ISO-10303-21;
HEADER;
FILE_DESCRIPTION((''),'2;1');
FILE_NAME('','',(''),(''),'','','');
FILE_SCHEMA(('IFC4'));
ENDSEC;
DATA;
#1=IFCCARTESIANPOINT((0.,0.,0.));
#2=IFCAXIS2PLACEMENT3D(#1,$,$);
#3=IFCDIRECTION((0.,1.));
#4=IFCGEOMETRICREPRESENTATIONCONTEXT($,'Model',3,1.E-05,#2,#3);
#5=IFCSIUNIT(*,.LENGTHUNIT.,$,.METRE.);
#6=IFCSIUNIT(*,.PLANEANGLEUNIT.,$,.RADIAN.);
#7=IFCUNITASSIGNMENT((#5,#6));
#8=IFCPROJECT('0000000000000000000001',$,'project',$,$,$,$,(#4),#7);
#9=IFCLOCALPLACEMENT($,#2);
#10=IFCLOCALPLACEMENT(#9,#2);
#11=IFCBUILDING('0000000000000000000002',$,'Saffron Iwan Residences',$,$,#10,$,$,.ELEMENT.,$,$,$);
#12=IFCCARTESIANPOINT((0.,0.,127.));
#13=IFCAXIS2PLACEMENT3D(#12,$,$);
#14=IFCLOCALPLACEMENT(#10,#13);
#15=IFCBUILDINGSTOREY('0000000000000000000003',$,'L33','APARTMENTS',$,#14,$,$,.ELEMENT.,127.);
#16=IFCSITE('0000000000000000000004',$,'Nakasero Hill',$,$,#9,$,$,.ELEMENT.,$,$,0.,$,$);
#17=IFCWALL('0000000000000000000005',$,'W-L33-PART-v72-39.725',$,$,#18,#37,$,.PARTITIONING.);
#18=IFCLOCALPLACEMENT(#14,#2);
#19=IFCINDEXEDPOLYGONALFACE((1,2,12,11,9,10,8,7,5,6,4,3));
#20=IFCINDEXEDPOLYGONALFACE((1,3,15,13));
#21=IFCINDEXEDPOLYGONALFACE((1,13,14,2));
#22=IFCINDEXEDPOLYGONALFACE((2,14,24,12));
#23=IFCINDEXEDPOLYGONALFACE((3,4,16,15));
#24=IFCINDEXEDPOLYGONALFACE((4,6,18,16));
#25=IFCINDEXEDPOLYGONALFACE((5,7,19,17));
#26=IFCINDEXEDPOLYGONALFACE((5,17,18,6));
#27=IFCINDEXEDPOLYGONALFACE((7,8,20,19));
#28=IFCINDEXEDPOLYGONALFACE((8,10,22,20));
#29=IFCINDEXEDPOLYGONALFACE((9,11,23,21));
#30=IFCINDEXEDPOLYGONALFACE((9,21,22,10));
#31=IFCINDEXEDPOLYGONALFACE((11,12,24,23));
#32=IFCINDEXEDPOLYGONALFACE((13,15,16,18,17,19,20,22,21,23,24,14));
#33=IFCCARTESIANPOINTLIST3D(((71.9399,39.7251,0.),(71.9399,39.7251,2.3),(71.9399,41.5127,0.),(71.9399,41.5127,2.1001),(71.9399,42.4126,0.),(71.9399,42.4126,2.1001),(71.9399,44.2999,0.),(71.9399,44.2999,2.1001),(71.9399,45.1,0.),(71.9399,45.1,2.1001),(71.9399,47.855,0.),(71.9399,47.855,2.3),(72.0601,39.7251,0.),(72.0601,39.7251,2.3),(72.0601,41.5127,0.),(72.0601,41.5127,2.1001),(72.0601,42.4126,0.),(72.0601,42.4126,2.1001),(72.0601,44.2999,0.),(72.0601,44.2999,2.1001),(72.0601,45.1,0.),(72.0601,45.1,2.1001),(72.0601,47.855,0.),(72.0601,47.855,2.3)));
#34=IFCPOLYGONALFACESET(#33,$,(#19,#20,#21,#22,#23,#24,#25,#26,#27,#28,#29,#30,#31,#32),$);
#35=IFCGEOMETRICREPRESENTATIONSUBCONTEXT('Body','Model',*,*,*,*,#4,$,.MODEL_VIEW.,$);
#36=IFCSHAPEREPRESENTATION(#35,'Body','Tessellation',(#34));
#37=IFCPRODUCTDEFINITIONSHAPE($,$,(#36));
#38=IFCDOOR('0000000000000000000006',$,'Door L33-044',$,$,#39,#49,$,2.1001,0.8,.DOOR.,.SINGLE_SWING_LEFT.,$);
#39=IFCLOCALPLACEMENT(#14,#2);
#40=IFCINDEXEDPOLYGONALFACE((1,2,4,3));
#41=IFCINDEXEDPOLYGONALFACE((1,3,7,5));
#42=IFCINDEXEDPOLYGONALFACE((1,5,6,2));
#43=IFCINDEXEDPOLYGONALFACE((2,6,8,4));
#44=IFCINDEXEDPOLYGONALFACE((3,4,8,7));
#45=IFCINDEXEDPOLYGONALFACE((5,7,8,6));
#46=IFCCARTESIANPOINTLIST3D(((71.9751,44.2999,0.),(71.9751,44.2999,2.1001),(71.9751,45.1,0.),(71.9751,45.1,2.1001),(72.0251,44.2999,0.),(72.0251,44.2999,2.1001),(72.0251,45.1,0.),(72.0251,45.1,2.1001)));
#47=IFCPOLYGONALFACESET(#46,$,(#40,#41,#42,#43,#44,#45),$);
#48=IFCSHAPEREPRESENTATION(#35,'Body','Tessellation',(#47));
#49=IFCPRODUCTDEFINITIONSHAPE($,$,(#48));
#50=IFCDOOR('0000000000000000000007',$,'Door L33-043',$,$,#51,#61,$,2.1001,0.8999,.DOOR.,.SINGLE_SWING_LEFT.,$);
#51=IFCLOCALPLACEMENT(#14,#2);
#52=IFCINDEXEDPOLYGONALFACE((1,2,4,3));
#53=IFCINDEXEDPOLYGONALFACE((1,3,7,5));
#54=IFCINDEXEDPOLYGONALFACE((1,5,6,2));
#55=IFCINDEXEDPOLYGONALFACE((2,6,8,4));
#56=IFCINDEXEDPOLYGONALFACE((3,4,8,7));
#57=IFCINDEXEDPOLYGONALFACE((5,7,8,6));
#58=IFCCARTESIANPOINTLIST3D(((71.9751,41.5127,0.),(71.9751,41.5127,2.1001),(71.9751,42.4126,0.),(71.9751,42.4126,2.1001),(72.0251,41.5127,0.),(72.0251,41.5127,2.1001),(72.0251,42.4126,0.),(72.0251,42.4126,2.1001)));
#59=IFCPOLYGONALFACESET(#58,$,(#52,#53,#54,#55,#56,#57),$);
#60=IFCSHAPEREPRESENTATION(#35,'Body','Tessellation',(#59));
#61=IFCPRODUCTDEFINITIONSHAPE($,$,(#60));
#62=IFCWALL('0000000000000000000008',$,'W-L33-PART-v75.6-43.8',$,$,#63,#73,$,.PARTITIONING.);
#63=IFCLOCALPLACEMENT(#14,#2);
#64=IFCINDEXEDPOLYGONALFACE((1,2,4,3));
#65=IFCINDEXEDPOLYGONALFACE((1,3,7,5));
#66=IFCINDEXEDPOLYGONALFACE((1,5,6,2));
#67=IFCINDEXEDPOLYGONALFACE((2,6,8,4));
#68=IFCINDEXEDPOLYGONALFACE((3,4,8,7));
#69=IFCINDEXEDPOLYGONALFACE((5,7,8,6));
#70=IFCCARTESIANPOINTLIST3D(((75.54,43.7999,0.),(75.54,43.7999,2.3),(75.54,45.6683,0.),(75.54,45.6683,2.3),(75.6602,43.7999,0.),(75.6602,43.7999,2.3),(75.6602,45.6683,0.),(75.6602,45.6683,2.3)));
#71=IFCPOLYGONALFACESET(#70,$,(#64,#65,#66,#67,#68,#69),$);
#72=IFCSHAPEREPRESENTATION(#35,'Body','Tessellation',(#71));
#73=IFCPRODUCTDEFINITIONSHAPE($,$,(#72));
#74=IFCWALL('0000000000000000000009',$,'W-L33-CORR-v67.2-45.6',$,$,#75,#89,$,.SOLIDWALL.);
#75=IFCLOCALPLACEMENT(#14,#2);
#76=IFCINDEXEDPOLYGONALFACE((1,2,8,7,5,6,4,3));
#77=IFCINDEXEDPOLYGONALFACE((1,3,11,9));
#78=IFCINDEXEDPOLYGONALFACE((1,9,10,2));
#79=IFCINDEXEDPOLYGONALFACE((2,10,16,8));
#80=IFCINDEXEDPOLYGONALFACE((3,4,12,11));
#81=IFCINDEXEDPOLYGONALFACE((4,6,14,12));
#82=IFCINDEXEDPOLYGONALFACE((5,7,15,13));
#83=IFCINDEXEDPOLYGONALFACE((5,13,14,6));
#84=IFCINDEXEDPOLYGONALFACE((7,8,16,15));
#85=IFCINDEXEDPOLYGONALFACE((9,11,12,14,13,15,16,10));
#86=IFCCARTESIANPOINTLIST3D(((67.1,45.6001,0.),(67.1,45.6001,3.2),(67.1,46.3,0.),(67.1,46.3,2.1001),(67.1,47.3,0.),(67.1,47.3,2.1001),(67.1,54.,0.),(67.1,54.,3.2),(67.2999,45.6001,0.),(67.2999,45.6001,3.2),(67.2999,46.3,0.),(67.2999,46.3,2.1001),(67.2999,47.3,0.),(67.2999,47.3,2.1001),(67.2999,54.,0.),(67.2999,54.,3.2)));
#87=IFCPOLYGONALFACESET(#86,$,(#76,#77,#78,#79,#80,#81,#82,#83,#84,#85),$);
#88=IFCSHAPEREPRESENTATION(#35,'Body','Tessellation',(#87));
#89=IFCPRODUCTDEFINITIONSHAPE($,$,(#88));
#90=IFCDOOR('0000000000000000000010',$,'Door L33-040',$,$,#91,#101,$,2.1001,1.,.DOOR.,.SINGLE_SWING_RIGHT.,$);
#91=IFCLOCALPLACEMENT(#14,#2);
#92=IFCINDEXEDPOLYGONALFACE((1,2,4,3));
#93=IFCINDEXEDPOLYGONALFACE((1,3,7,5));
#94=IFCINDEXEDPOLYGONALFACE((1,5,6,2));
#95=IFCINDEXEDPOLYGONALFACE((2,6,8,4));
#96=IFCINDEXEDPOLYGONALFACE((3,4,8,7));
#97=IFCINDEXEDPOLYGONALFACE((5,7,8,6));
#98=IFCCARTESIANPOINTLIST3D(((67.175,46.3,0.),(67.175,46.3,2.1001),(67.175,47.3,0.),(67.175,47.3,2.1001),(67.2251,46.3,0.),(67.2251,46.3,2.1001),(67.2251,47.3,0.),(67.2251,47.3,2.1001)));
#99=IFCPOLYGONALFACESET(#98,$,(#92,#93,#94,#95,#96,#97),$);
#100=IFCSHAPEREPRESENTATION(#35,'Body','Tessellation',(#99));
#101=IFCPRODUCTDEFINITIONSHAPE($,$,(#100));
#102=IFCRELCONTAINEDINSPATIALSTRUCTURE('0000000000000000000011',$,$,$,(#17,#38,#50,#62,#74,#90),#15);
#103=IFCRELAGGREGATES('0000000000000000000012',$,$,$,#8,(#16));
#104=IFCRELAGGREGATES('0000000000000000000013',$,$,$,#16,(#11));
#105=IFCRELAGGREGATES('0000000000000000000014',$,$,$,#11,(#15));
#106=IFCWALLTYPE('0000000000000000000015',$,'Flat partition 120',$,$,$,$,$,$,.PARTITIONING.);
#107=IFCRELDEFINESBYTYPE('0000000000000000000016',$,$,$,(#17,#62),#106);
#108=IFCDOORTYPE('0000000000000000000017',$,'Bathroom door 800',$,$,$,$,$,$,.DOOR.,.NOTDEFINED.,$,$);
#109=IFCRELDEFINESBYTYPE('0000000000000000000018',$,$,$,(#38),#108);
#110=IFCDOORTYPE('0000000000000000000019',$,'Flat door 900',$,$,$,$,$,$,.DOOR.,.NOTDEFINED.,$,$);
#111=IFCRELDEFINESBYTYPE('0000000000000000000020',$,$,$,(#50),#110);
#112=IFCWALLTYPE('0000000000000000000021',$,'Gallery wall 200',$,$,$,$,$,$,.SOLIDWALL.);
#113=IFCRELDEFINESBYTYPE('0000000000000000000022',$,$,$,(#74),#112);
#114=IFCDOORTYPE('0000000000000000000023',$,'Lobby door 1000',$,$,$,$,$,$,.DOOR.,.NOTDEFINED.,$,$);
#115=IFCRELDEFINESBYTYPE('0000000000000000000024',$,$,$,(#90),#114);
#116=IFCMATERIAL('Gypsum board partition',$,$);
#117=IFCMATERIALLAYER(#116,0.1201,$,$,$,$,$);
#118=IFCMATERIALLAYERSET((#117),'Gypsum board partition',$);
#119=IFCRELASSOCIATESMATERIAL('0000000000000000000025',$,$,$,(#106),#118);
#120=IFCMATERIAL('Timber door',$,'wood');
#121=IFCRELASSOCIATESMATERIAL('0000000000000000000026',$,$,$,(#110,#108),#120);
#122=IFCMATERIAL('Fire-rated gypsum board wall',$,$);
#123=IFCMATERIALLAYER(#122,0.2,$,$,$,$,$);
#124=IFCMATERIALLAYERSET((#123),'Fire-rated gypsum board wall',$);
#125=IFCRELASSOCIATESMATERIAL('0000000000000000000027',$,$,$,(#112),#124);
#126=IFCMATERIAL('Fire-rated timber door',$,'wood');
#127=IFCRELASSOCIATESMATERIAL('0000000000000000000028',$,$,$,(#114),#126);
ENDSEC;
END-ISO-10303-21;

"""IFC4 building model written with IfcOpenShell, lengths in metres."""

from ifc_helpers import new_model, si_unit, direction, frame, frame_2d, origin, place, context, subcontext, project, spatial, rectangle, extrude, material, layer, layer_set, type_object, element, fill, save


model = new_model("IFC4")

# Units and contexts
model_context = context("Model", 3, precision=1e-05, world=origin(), true_north=direction((0.0, 1.0)))
body_context = subcontext(model_context, "Body", "Model", "MODEL_VIEW")
ifc_project = project(units=[si_unit("LENGTHUNIT", "METRE"), si_unit("PLANEANGLEUNIT", "RADIAN")], contexts=[model_context])

# Site, building, storey
site_placement = place(None, origin())
site = spatial("IfcSite", under=ifc_project, at=site_placement, Name="Nakasero Hill", CompositionType="ELEMENT", RefElevation=0.0)
building_placement = place(site_placement, origin())
building = spatial("IfcBuilding", under=site, at=building_placement, Name="Saffron Iwan Residences", CompositionType="ELEMENT")
storey_placement = place(building_placement, frame((0.0, 0.0, 127.0)))
storey = spatial("IfcBuildingStorey", under=building, at=storey_placement, Name="L33", Description="APARTMENTS", CompositionType="ELEMENT", Elevation=127.0)

# Shared definitions
ifc_material_1 = material(Name="Gypsum board partition")
ifc_layer_1 = layer(ifc_material_1, 0.1201)
ifc_layer_set_1 = layer_set([ifc_layer_1], Name="Gypsum board partition")
wall_type_1 = type_object("IfcWallType", Name="Flat partition 120", PredefinedType="PARTITIONING", material=ifc_layer_set_1)
ifc_material_2 = material(Name="Timber door", Category="wood")
door_type_1 = type_object("IfcDoorType", Name="Flat door 900", OperationType="NOTDEFINED", PredefinedType="DOOR", material=ifc_material_2)

# Wall, openings, doors
wall_1_placement = place(storey_placement, frame((72.0, 39.7251, 0.0), z_axis=(0.0, 0.0, 1.0), x_axis=(0.0, 1.0, 0.0)))
wall_1 = element("IfcWall", 1, at=wall_1_placement, inside=storey, type_object=wall_type_1, Name="W-L33-PART-v72-39.725", PredefinedType="PARTITIONING", context=body_context, shape_type="SweptSolid", body=[
    extrude(rectangle(XDim=8.1299, YDim=0.1201, at=frame_2d((4.0649, 0.0))), origin(), (0.0, 0.0, 1.0), 2.3),
])
opening_1_placement = place(wall_1_placement, frame((1.7876, 0.0, 0.0)))
opening_1 = element("IfcOpeningElement", 2, at=opening_1_placement, cuts=wall_1, PredefinedType="OPENING", context=body_context, shape_type="SweptSolid", body=[
    extrude(rectangle(XDim=0.8999, YDim=2.1001, at=frame_2d((0.45, 1.05))), frame((0.0, 0.0701, 0.0), z_axis=(0.0, -1.0, 0.0), x_axis=(1.0, 0.0, 0.0)), (0.0, 0.0, 1.0), 0.1401),
])
opening_2_placement = place(wall_1_placement, frame((4.575, 0.0, 0.0)))
opening_2 = element("IfcOpeningElement", 3, at=opening_2_placement, cuts=wall_1, PredefinedType="OPENING", context=body_context, shape_type="SweptSolid", body=[
    extrude(rectangle(XDim=0.8, YDim=2.1001, at=frame_2d((0.3999, 1.05))), frame((0.0, 0.0701, 0.0), z_axis=(0.0, -1.0, 0.0), x_axis=(1.0, 0.0, 0.0)), (0.0, 0.0, 1.0), 0.1401),
])
door_type_2 = type_object("IfcDoorType", Name="Bathroom door 800", OperationType="NOTDEFINED", PredefinedType="DOOR", material=ifc_material_2)
door_1_placement = place(opening_2_placement, origin())
door_1 = element("IfcDoor", 4, at=door_1_placement, inside=storey, type_object=door_type_2, Name="Door L33-044", OperationType="SINGLE_SWING_LEFT", OverallHeight=2.1001, OverallWidth=0.8, PredefinedType="DOOR", context=body_context, shape_type="SweptSolid", body=[
    extrude(rectangle(XDim=0.8, YDim=2.1001, at=frame_2d((0.3999, 1.05))), frame((0.0, 0.0249, 0.0), z_axis=(0.0, -1.0, 0.0), x_axis=(1.0, 0.0, 0.0)), (0.0, 0.0, 1.0), 0.05),
])
fill(opening_2, door_1)
door_2_placement = place(opening_1_placement, origin())
door_2 = element("IfcDoor", 5, at=door_2_placement, inside=storey, type_object=door_type_1, Name="Door L33-043", OperationType="SINGLE_SWING_LEFT", OverallHeight=2.1001, OverallWidth=0.8999, PredefinedType="DOOR", context=body_context, shape_type="SweptSolid", body=[
    extrude(rectangle(XDim=0.8999, YDim=2.1001, at=frame_2d((0.45, 1.05))), frame((0.0, 0.0249, 0.0), z_axis=(0.0, -1.0, 0.0), x_axis=(1.0, 0.0, 0.0)), (0.0, 0.0, 1.0), 0.05),
])
fill(opening_1, door_2)

# Wall
wall_2_placement = place(storey_placement, frame((75.6001, 43.8, 0.0), z_axis=(0.0, 0.0, 1.0), x_axis=(0.0, 1.0, 0.0)))
element("IfcWall", 6, at=wall_2_placement, inside=storey, type_object=wall_type_1, Name="W-L33-PART-v75.6-43.8", PredefinedType="PARTITIONING", context=body_context, shape_type="SweptSolid", body=[
    extrude(rectangle(XDim=1.8684, YDim=0.1201, at=frame_2d((0.9341, 0.0))), origin(), (0.0, 0.0, 1.0), 2.3),
])

# Wall, opening, door
ifc_material_3 = material(Name="Fire-rated gypsum board wall")
ifc_layer_2 = layer(ifc_material_3, 0.2)
ifc_layer_set_2 = layer_set([ifc_layer_2], Name="Fire-rated gypsum board wall")
wall_type_2 = type_object("IfcWallType", Name="Gallery wall 200", PredefinedType="SOLIDWALL", material=ifc_layer_set_2)
wall_3_placement = place(storey_placement, frame((67.2, 45.6001, 0.0), z_axis=(0.0, 0.0, 1.0), x_axis=(0.0, 1.0, 0.0)))
wall_3 = element("IfcWall", 7, at=wall_3_placement, inside=storey, type_object=wall_type_2, Name="W-L33-CORR-v67.2-45.6", PredefinedType="SOLIDWALL", context=body_context, shape_type="SweptSolid", body=[
    extrude(rectangle(XDim=8.3999, YDim=0.2, at=frame_2d((4.2, 0.0))), origin(), (0.0, 0.0, 1.0), 3.2),
])
opening_3_placement = place(wall_3_placement, frame((0.7, 0.0, 0.0)))
opening_3 = element("IfcOpeningElement", 8, at=opening_3_placement, cuts=wall_3, PredefinedType="OPENING", context=body_context, shape_type="SweptSolid", body=[
    extrude(rectangle(XDim=1.0, YDim=2.1001, at=frame_2d((0.5, 1.05))), frame((0.0, 0.1099, 0.0), z_axis=(0.0, -1.0, 0.0), x_axis=(1.0, 0.0, 0.0)), (0.0, 0.0, 1.0), 0.22),
])
ifc_material_4 = material(Name="Fire-rated timber door", Category="wood")
door_type_3 = type_object("IfcDoorType", Name="Lobby door 1000", OperationType="NOTDEFINED", PredefinedType="DOOR", material=ifc_material_4)
door_3_placement = place(opening_3_placement, origin())
door_3 = element("IfcDoor", 9, at=door_3_placement, inside=storey, type_object=door_type_3, Name="Door L33-040", OperationType="SINGLE_SWING_RIGHT", OverallHeight=2.1001, OverallWidth=1.0, PredefinedType="DOOR", context=body_context, shape_type="SweptSolid", body=[
    extrude(rectangle(XDim=1.0, YDim=2.1001, at=frame_2d((0.5, 1.05))), frame((0.0, 0.0249, 0.0), z_axis=(0.0, -1.0, 0.0), x_axis=(1.0, 0.0, 0.0)), (0.0, 0.0, 1.0), 0.05),
])
fill(opening_3, door_3)

save(model, "model.ifc")
